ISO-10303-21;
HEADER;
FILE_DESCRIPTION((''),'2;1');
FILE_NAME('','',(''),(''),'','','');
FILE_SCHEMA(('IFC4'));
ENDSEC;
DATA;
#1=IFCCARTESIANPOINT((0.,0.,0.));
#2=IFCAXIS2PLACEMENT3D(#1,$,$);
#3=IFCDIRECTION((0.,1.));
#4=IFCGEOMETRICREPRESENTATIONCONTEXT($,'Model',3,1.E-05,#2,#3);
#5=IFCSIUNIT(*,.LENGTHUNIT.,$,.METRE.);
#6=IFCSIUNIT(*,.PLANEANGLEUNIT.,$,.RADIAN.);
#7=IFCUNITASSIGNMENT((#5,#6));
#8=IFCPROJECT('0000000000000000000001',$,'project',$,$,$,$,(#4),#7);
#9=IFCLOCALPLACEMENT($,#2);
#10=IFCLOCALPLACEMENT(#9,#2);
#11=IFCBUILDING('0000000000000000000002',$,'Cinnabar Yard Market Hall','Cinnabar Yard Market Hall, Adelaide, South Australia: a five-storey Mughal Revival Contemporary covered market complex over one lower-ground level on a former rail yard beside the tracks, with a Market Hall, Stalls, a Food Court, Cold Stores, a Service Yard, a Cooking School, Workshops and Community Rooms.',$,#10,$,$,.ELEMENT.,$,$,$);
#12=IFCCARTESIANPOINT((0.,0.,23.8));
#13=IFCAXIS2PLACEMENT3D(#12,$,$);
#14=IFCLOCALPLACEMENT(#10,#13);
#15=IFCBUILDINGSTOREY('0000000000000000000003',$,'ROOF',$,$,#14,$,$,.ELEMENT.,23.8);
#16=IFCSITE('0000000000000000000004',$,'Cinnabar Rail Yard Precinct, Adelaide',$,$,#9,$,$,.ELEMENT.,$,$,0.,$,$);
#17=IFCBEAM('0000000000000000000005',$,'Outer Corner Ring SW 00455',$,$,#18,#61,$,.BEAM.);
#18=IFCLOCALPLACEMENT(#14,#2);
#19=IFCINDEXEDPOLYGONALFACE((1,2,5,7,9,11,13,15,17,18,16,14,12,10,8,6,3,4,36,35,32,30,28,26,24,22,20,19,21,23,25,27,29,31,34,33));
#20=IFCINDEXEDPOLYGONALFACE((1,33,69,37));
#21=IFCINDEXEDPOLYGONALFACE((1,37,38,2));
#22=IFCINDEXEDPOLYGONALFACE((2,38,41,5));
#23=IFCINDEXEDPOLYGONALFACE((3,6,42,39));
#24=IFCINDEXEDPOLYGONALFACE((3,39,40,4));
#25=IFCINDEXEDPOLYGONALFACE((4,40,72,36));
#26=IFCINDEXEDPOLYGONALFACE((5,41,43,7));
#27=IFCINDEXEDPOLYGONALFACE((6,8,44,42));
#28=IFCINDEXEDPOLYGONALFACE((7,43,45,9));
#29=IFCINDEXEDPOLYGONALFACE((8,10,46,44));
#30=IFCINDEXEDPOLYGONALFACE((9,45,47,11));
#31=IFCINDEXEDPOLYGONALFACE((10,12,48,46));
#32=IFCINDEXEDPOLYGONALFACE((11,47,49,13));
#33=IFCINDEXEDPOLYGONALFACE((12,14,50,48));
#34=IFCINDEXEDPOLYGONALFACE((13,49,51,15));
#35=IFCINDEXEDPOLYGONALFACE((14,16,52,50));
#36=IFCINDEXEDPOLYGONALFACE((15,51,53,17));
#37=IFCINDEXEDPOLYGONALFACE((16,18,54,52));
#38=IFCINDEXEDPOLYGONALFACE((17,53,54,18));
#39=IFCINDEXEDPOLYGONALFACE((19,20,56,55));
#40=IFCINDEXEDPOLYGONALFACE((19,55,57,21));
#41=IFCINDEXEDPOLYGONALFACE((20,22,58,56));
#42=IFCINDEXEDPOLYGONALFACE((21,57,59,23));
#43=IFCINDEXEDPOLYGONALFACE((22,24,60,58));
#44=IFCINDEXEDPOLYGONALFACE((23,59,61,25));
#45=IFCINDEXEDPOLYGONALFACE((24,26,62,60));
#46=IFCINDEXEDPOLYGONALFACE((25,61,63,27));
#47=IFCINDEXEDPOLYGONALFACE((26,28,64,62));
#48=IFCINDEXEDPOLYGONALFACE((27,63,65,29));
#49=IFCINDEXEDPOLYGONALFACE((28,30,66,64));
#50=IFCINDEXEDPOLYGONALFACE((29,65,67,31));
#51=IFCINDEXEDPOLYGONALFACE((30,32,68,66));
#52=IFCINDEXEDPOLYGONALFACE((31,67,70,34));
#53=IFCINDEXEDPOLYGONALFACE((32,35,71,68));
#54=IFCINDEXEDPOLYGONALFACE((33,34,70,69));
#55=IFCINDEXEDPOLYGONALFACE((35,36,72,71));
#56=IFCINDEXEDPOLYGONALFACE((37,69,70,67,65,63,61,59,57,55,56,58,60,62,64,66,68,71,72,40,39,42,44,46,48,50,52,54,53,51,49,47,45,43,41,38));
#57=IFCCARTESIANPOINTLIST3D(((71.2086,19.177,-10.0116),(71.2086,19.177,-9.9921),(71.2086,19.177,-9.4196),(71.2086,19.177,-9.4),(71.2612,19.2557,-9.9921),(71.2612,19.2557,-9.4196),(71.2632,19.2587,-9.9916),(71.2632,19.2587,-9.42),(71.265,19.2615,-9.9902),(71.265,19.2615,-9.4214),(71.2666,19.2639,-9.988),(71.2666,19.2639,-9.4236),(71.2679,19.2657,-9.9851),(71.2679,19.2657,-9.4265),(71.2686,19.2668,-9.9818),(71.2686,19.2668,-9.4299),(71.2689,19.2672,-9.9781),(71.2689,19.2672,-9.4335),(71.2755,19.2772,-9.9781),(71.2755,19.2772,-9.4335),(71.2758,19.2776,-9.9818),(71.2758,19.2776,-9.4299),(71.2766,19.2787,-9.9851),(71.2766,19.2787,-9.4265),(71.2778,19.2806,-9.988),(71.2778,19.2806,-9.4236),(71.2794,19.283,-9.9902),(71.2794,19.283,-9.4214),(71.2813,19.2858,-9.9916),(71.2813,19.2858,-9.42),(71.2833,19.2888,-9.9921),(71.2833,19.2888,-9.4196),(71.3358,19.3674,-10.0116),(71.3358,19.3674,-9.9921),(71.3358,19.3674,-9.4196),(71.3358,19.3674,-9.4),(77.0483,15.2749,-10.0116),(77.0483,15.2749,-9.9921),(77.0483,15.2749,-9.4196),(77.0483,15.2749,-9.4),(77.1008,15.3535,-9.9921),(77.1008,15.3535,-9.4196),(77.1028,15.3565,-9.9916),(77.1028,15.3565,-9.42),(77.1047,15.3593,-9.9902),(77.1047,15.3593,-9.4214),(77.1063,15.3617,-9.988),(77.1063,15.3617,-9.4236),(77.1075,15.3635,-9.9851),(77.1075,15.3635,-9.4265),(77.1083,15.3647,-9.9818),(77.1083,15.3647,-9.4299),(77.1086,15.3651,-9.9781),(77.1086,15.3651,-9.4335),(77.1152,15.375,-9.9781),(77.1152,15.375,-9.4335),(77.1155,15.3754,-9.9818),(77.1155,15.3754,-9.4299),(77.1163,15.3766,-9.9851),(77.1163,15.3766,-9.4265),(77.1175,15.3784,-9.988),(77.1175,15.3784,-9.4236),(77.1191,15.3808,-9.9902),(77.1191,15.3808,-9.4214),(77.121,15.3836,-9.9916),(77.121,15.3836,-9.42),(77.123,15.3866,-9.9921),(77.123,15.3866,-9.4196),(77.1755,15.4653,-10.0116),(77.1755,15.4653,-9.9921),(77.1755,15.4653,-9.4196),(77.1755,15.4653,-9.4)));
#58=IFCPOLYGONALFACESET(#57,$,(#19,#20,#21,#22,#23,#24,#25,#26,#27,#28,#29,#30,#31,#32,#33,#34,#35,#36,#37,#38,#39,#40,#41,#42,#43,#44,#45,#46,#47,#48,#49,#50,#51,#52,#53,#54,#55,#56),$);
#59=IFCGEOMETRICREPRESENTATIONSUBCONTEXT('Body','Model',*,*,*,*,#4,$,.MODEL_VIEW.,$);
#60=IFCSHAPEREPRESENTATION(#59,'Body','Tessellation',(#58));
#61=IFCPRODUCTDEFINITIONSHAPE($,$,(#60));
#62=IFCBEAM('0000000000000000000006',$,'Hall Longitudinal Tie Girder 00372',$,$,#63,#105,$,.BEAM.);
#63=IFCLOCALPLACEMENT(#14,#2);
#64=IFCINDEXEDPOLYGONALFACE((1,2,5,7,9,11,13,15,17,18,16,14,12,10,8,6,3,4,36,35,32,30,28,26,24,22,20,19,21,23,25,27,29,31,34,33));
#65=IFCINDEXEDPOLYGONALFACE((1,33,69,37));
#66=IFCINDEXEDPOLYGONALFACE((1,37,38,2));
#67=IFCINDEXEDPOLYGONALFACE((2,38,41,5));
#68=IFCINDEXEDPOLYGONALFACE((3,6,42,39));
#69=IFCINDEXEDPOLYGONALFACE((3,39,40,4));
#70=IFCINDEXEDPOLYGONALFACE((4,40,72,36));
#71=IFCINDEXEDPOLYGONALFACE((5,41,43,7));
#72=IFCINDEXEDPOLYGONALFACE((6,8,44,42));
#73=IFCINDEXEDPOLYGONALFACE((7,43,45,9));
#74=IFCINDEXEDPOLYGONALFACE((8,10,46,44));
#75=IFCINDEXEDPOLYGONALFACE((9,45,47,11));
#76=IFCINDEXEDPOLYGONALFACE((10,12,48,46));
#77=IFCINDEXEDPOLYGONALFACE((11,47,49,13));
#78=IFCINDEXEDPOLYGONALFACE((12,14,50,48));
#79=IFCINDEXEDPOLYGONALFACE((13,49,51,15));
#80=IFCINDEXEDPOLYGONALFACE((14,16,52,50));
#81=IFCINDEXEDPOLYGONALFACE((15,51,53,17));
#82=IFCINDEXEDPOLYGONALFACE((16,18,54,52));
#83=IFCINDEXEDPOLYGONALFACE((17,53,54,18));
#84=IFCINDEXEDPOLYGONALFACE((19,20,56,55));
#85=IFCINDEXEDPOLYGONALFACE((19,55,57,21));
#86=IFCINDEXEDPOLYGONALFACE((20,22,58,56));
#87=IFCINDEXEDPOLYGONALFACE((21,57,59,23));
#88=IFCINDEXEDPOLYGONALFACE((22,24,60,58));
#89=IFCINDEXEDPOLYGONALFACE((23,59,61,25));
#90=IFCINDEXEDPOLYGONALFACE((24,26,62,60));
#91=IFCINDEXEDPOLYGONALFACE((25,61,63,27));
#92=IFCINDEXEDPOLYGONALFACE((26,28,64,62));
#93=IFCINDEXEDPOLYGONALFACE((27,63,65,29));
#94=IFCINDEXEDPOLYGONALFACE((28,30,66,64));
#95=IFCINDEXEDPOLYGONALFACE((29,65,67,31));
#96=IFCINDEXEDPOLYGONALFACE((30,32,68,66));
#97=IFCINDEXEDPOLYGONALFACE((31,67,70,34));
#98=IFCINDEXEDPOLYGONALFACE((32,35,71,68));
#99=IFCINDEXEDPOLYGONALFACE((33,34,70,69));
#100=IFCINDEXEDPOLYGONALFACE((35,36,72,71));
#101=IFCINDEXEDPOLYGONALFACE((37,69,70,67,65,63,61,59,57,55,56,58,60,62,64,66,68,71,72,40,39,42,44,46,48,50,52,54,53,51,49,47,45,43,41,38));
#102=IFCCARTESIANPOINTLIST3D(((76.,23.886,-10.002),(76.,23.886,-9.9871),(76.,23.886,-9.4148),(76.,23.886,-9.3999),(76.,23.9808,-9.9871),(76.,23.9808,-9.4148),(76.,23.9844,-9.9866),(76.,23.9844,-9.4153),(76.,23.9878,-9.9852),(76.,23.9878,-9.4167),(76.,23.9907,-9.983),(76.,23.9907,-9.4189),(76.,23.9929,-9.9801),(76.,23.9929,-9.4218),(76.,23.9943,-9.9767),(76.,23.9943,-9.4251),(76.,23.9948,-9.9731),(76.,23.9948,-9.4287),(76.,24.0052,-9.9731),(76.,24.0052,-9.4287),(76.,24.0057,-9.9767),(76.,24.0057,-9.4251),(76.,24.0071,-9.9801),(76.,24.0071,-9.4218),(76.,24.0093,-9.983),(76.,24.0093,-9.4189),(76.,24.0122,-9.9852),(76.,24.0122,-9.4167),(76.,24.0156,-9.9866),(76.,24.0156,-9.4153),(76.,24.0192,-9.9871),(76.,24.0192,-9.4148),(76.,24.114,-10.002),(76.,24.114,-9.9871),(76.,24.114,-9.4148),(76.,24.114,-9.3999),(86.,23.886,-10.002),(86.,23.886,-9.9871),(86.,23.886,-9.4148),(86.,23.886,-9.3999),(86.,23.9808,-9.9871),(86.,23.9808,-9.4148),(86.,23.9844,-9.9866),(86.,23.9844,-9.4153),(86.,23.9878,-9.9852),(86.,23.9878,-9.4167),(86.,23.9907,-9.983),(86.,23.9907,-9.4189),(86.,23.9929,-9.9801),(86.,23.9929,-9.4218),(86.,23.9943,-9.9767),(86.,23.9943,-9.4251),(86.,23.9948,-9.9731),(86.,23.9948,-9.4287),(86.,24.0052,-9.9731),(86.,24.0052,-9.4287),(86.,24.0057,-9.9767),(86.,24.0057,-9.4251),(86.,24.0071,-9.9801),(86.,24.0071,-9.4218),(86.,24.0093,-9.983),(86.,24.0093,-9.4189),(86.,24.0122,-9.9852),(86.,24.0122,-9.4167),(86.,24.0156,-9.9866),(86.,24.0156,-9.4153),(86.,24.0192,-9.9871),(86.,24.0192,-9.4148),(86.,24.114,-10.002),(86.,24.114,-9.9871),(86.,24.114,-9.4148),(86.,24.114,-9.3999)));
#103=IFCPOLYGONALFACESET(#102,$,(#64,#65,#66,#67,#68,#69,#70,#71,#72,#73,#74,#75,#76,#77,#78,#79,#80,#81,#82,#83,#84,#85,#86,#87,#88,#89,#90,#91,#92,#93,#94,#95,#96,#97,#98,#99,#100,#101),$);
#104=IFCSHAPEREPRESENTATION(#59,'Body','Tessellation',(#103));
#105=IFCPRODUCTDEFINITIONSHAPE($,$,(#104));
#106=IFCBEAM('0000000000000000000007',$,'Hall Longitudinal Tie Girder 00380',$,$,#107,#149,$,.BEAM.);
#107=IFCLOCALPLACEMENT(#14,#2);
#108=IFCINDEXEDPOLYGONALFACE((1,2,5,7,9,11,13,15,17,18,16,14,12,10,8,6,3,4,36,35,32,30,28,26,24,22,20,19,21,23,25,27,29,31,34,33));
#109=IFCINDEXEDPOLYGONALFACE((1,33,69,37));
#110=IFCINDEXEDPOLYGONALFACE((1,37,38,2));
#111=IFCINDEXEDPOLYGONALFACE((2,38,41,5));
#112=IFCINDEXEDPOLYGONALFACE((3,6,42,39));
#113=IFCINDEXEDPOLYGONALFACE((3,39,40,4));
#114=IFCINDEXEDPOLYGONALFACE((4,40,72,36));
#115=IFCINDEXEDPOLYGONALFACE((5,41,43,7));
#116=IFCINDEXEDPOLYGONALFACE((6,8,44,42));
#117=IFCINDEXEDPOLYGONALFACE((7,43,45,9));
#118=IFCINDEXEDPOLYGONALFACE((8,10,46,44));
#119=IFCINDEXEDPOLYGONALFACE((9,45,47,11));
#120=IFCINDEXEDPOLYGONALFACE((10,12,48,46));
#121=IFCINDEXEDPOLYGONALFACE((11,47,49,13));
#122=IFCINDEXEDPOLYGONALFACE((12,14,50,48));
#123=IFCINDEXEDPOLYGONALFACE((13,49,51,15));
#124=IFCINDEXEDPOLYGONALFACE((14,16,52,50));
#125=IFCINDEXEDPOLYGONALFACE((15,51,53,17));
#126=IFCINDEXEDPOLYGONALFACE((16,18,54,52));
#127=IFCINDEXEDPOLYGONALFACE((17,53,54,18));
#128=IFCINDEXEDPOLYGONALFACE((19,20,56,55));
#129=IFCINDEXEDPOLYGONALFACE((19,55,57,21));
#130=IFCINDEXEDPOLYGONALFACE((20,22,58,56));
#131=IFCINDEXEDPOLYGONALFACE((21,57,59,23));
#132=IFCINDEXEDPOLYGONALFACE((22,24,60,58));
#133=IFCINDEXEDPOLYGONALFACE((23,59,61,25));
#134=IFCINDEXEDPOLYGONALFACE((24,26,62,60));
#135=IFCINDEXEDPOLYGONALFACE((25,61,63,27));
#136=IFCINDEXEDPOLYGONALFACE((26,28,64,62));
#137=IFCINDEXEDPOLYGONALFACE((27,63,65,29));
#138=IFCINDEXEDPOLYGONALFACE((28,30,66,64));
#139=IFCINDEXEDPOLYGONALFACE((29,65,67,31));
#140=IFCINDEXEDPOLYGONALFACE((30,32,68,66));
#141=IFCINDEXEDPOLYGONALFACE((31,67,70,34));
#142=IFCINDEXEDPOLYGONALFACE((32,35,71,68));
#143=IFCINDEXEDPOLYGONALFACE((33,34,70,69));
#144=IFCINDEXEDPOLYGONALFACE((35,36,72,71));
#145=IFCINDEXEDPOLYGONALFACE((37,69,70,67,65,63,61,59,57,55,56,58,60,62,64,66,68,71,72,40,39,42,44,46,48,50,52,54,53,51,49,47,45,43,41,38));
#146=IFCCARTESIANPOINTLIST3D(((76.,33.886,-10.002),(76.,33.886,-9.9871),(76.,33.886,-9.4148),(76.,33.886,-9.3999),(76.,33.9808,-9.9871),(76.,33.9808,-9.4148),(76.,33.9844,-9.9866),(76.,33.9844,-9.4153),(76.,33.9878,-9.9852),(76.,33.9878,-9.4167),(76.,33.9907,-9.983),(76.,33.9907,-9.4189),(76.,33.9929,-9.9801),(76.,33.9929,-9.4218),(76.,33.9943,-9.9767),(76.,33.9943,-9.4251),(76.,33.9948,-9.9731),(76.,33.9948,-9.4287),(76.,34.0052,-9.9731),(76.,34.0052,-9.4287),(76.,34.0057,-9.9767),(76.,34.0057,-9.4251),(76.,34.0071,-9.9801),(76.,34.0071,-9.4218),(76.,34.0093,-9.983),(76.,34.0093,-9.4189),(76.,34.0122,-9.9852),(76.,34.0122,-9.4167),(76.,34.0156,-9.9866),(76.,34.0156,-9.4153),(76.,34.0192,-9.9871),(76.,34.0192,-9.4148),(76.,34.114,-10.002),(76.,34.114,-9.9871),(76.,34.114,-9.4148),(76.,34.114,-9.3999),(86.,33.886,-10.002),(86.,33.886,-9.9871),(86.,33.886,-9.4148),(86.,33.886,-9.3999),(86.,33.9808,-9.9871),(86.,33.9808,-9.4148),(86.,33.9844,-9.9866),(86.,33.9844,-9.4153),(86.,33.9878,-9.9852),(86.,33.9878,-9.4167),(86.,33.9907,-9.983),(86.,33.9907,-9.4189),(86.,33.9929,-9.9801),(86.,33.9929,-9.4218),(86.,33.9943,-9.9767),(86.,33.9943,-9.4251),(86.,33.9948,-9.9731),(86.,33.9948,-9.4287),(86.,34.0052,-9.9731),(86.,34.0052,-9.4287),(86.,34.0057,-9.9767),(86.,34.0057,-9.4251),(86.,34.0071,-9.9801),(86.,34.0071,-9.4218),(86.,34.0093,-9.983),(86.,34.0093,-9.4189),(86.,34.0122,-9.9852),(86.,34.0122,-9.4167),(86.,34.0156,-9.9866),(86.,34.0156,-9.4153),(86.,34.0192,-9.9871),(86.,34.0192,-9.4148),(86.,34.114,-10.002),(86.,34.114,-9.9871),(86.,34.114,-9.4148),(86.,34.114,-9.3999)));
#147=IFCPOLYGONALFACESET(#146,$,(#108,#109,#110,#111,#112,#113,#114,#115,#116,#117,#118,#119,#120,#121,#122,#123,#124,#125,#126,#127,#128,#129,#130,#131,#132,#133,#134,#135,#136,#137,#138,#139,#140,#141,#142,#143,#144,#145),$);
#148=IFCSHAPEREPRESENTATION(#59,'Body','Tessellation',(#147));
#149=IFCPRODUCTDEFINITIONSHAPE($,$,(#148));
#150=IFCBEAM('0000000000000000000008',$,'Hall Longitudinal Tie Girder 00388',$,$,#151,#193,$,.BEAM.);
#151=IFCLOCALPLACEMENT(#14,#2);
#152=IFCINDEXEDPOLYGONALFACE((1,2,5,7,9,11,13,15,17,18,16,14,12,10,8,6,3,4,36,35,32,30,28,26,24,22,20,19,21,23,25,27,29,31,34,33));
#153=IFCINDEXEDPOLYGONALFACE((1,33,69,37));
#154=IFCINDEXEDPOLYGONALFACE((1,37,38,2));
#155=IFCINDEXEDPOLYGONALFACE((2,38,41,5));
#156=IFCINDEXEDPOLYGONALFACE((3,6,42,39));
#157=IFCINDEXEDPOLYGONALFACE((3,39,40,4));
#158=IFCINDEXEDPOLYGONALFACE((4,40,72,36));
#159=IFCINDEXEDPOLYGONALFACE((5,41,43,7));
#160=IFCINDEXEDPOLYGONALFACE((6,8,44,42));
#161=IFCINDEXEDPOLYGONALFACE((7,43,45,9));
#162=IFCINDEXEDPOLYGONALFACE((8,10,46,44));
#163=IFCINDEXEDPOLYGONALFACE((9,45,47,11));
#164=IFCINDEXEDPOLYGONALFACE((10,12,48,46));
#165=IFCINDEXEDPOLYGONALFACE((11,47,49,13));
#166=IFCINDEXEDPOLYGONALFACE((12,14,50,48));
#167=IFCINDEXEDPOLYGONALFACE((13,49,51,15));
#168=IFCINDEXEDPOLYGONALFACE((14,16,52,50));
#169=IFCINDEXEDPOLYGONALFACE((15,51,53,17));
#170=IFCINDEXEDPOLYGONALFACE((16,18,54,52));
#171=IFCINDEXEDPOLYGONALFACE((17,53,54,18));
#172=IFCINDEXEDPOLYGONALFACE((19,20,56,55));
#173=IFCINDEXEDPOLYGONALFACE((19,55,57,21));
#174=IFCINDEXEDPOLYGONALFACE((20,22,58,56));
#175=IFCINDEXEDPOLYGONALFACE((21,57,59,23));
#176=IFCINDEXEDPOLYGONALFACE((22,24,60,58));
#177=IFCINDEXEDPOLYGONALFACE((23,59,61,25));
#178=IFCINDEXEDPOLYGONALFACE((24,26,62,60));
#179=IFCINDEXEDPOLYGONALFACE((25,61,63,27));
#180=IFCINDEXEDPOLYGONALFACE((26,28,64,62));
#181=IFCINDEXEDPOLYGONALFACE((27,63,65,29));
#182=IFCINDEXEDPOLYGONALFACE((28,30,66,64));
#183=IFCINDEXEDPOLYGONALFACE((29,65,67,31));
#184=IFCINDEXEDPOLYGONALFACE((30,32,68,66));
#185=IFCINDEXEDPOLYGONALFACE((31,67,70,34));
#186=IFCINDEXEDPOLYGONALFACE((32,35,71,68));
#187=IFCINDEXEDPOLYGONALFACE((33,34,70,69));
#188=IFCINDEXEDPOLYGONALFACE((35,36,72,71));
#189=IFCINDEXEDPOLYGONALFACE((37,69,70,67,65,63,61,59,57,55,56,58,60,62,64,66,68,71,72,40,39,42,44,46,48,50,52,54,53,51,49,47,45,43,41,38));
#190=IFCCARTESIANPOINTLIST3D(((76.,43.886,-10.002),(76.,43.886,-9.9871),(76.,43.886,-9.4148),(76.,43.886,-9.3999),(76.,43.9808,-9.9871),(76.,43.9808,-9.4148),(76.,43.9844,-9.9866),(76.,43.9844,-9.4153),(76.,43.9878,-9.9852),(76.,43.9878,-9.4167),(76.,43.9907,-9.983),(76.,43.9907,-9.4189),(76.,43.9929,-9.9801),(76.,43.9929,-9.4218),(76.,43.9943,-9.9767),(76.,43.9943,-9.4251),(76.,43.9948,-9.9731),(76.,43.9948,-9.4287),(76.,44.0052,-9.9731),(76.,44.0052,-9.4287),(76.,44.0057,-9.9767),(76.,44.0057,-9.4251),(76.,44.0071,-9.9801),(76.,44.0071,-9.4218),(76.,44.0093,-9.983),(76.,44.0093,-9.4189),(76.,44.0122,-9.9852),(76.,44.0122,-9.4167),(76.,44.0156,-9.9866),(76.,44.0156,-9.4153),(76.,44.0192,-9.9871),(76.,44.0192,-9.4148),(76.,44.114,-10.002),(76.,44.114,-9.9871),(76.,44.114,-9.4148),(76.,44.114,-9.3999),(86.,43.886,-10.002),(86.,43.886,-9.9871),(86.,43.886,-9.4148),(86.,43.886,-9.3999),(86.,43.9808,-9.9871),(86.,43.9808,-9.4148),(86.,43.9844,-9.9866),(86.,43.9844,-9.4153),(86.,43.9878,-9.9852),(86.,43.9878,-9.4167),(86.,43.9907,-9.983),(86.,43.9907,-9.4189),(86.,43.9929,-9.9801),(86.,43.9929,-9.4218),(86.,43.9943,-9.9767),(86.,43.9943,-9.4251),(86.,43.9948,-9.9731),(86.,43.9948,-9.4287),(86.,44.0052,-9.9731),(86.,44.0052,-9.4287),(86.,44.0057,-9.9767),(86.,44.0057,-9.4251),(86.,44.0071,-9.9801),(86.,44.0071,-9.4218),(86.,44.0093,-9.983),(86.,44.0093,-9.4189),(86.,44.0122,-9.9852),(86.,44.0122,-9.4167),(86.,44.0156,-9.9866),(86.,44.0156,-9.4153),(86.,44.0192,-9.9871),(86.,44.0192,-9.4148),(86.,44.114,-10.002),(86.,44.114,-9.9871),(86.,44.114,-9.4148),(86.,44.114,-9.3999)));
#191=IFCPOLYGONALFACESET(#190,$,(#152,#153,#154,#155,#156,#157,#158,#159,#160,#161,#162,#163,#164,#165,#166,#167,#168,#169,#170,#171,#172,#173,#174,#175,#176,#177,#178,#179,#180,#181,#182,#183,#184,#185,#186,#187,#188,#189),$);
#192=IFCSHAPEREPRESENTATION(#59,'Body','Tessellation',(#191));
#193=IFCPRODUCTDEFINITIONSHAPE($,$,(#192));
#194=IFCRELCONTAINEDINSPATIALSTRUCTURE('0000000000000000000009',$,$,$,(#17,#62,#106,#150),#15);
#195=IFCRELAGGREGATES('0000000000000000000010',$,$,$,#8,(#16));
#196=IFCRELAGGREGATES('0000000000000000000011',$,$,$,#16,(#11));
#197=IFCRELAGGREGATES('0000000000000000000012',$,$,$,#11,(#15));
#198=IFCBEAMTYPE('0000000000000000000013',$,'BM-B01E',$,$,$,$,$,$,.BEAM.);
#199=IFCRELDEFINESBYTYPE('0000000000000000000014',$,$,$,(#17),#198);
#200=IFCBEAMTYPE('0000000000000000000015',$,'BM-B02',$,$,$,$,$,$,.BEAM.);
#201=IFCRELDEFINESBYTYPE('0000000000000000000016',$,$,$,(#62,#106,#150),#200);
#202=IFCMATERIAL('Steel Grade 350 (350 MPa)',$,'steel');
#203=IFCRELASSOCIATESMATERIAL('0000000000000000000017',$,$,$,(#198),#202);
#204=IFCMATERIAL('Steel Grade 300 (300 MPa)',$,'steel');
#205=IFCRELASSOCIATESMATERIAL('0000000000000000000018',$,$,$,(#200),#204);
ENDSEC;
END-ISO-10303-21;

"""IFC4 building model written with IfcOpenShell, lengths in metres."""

from ifc_helpers import new_model, si_unit, direction, frame, origin, origin_2d_with_axis, place, context, subcontext, project, spatial, i_section, extrude, material, material_profile, profile_set, type_object, element, save


model = new_model("IFC4")

# Units and contexts
model_context = context("Model", 3, precision=1e-05, world=origin(), true_north=direction((0.0, 1.0)))
body_context = subcontext(model_context, "Body", "Model", "MODEL_VIEW")
ifc_project = project(units=[si_unit("LENGTHUNIT", "METRE"), si_unit("PLANEANGLEUNIT", "RADIAN")], contexts=[model_context])

# Site, building, storey
site_placement = place(None, origin())
site = spatial("IfcSite", under=ifc_project, at=site_placement, Name="Cinnabar Rail Yard Precinct, Adelaide", CompositionType="ELEMENT", RefElevation=0.0)
building_placement = place(site_placement, origin())
building = spatial("IfcBuilding", under=site, at=building_placement, Name="Cinnabar Yard Market Hall", Description="Cinnabar Yard Market Hall, Adelaide, South Australia: a five-storey Mughal Revival Contemporary covered market complex over one lower-ground level on a former rail yard beside the tracks, with a Market Hall, Stalls, a Food Court, Cold Stores, a Service Yard, a Cooking School, Workshops and Community Rooms.", CompositionType="ELEMENT")
storey_placement = place(building_placement, frame((0.0, 0.0, 23.8)))
storey = spatial("IfcBuildingStorey", under=building, at=storey_placement, Name="ROOF", CompositionType="ELEMENT", Elevation=23.8)

# Beams
ifc_material_1 = material(Name="Steel Grade 350 (350 MPa)", Category="steel")
ifc_material_profile_1 = material_profile(ifc_material_1, i_section(OverallWidth=0.229, OverallDepth=0.6116, WebThickness=0.012, FlangeThickness=0.0195, FilletRadius=0.0139, at=origin_2d_with_axis()), Name="610UB125")
ifc_profile_set_1 = profile_set([ifc_material_profile_1], Name="Steel Grade 350 (350 MPa)")
beam_type_1 = type_object("IfcBeamType", Name="BM-B01E", PredefinedType="BEAM", material=ifc_profile_set_1)
for number, where, z_axis, x_axis, name in (
    (1, (71.2722, 19.2722, -9.7058), (0.831456, -0.55559, 0.0), (0.55559, 0.831456, 0.0), "Outer Corner Ring SW 00455"),
):
    element("IfcBeam", number, at=place(storey_placement, frame(where, z_axis=z_axis, x_axis=x_axis)), inside=storey, type_object=beam_type_1, Name=name, PredefinedType="BEAM", context=body_context, shape_type="SweptSolid", body=[
        extrude(i_section(OverallWidth=0.229, OverallDepth=0.6116, WebThickness=0.012, FlangeThickness=0.0195, FilletRadius=0.0139, at=origin_2d_with_axis()), origin(), (0.0, 0.0, 1.0), 7.0234),
    ])
ifc_material_2 = material(Name="Steel Grade 300 (300 MPa)", Category="steel")
ifc_material_profile_2 = material_profile(ifc_material_2, i_section(OverallWidth=0.228, OverallDepth=0.6021, WebThickness=0.0105, FlangeThickness=0.0149, FilletRadius=0.0139, at=origin_2d_with_axis()), Name="610UB101")
ifc_profile_set_2 = profile_set([ifc_material_profile_2], Name="Steel Grade 300 (300 MPa)")
beam_type_2 = type_object("IfcBeamType", Name="BM-B02", PredefinedType="BEAM", material=ifc_profile_set_2)
for number, where, z_axis, x_axis, name in (
    (2, (76.0, 24.0, -9.7009), (1.0, 0.0, 0.0), (0.0, 1.0, 0.0), "Hall Longitudinal Tie Girder 00372"),
    (3, (76.0, 34.0, -9.7009), (1.0, 0.0, 0.0), (0.0, 1.0, 0.0), "Hall Longitudinal Tie Girder 00380"),
    (4, (76.0, 44.0, -9.7009), (1.0, 0.0, 0.0), (0.0, 1.0, 0.0), "Hall Longitudinal Tie Girder 00388"),
):
    element("IfcBeam", number, at=place(storey_placement, frame(where, z_axis=z_axis, x_axis=x_axis)), inside=storey, type_object=beam_type_2, Name=name, PredefinedType="BEAM", context=body_context, shape_type="SweptSolid", body=[
        extrude(i_section(OverallWidth=0.228, OverallDepth=0.6021, WebThickness=0.0105, FlangeThickness=0.0149, FilletRadius=0.0139, at=origin_2d_with_axis()), origin(), (0.0, 0.0, 1.0), 10.0),
    ])

save(model, "model.ifc")
